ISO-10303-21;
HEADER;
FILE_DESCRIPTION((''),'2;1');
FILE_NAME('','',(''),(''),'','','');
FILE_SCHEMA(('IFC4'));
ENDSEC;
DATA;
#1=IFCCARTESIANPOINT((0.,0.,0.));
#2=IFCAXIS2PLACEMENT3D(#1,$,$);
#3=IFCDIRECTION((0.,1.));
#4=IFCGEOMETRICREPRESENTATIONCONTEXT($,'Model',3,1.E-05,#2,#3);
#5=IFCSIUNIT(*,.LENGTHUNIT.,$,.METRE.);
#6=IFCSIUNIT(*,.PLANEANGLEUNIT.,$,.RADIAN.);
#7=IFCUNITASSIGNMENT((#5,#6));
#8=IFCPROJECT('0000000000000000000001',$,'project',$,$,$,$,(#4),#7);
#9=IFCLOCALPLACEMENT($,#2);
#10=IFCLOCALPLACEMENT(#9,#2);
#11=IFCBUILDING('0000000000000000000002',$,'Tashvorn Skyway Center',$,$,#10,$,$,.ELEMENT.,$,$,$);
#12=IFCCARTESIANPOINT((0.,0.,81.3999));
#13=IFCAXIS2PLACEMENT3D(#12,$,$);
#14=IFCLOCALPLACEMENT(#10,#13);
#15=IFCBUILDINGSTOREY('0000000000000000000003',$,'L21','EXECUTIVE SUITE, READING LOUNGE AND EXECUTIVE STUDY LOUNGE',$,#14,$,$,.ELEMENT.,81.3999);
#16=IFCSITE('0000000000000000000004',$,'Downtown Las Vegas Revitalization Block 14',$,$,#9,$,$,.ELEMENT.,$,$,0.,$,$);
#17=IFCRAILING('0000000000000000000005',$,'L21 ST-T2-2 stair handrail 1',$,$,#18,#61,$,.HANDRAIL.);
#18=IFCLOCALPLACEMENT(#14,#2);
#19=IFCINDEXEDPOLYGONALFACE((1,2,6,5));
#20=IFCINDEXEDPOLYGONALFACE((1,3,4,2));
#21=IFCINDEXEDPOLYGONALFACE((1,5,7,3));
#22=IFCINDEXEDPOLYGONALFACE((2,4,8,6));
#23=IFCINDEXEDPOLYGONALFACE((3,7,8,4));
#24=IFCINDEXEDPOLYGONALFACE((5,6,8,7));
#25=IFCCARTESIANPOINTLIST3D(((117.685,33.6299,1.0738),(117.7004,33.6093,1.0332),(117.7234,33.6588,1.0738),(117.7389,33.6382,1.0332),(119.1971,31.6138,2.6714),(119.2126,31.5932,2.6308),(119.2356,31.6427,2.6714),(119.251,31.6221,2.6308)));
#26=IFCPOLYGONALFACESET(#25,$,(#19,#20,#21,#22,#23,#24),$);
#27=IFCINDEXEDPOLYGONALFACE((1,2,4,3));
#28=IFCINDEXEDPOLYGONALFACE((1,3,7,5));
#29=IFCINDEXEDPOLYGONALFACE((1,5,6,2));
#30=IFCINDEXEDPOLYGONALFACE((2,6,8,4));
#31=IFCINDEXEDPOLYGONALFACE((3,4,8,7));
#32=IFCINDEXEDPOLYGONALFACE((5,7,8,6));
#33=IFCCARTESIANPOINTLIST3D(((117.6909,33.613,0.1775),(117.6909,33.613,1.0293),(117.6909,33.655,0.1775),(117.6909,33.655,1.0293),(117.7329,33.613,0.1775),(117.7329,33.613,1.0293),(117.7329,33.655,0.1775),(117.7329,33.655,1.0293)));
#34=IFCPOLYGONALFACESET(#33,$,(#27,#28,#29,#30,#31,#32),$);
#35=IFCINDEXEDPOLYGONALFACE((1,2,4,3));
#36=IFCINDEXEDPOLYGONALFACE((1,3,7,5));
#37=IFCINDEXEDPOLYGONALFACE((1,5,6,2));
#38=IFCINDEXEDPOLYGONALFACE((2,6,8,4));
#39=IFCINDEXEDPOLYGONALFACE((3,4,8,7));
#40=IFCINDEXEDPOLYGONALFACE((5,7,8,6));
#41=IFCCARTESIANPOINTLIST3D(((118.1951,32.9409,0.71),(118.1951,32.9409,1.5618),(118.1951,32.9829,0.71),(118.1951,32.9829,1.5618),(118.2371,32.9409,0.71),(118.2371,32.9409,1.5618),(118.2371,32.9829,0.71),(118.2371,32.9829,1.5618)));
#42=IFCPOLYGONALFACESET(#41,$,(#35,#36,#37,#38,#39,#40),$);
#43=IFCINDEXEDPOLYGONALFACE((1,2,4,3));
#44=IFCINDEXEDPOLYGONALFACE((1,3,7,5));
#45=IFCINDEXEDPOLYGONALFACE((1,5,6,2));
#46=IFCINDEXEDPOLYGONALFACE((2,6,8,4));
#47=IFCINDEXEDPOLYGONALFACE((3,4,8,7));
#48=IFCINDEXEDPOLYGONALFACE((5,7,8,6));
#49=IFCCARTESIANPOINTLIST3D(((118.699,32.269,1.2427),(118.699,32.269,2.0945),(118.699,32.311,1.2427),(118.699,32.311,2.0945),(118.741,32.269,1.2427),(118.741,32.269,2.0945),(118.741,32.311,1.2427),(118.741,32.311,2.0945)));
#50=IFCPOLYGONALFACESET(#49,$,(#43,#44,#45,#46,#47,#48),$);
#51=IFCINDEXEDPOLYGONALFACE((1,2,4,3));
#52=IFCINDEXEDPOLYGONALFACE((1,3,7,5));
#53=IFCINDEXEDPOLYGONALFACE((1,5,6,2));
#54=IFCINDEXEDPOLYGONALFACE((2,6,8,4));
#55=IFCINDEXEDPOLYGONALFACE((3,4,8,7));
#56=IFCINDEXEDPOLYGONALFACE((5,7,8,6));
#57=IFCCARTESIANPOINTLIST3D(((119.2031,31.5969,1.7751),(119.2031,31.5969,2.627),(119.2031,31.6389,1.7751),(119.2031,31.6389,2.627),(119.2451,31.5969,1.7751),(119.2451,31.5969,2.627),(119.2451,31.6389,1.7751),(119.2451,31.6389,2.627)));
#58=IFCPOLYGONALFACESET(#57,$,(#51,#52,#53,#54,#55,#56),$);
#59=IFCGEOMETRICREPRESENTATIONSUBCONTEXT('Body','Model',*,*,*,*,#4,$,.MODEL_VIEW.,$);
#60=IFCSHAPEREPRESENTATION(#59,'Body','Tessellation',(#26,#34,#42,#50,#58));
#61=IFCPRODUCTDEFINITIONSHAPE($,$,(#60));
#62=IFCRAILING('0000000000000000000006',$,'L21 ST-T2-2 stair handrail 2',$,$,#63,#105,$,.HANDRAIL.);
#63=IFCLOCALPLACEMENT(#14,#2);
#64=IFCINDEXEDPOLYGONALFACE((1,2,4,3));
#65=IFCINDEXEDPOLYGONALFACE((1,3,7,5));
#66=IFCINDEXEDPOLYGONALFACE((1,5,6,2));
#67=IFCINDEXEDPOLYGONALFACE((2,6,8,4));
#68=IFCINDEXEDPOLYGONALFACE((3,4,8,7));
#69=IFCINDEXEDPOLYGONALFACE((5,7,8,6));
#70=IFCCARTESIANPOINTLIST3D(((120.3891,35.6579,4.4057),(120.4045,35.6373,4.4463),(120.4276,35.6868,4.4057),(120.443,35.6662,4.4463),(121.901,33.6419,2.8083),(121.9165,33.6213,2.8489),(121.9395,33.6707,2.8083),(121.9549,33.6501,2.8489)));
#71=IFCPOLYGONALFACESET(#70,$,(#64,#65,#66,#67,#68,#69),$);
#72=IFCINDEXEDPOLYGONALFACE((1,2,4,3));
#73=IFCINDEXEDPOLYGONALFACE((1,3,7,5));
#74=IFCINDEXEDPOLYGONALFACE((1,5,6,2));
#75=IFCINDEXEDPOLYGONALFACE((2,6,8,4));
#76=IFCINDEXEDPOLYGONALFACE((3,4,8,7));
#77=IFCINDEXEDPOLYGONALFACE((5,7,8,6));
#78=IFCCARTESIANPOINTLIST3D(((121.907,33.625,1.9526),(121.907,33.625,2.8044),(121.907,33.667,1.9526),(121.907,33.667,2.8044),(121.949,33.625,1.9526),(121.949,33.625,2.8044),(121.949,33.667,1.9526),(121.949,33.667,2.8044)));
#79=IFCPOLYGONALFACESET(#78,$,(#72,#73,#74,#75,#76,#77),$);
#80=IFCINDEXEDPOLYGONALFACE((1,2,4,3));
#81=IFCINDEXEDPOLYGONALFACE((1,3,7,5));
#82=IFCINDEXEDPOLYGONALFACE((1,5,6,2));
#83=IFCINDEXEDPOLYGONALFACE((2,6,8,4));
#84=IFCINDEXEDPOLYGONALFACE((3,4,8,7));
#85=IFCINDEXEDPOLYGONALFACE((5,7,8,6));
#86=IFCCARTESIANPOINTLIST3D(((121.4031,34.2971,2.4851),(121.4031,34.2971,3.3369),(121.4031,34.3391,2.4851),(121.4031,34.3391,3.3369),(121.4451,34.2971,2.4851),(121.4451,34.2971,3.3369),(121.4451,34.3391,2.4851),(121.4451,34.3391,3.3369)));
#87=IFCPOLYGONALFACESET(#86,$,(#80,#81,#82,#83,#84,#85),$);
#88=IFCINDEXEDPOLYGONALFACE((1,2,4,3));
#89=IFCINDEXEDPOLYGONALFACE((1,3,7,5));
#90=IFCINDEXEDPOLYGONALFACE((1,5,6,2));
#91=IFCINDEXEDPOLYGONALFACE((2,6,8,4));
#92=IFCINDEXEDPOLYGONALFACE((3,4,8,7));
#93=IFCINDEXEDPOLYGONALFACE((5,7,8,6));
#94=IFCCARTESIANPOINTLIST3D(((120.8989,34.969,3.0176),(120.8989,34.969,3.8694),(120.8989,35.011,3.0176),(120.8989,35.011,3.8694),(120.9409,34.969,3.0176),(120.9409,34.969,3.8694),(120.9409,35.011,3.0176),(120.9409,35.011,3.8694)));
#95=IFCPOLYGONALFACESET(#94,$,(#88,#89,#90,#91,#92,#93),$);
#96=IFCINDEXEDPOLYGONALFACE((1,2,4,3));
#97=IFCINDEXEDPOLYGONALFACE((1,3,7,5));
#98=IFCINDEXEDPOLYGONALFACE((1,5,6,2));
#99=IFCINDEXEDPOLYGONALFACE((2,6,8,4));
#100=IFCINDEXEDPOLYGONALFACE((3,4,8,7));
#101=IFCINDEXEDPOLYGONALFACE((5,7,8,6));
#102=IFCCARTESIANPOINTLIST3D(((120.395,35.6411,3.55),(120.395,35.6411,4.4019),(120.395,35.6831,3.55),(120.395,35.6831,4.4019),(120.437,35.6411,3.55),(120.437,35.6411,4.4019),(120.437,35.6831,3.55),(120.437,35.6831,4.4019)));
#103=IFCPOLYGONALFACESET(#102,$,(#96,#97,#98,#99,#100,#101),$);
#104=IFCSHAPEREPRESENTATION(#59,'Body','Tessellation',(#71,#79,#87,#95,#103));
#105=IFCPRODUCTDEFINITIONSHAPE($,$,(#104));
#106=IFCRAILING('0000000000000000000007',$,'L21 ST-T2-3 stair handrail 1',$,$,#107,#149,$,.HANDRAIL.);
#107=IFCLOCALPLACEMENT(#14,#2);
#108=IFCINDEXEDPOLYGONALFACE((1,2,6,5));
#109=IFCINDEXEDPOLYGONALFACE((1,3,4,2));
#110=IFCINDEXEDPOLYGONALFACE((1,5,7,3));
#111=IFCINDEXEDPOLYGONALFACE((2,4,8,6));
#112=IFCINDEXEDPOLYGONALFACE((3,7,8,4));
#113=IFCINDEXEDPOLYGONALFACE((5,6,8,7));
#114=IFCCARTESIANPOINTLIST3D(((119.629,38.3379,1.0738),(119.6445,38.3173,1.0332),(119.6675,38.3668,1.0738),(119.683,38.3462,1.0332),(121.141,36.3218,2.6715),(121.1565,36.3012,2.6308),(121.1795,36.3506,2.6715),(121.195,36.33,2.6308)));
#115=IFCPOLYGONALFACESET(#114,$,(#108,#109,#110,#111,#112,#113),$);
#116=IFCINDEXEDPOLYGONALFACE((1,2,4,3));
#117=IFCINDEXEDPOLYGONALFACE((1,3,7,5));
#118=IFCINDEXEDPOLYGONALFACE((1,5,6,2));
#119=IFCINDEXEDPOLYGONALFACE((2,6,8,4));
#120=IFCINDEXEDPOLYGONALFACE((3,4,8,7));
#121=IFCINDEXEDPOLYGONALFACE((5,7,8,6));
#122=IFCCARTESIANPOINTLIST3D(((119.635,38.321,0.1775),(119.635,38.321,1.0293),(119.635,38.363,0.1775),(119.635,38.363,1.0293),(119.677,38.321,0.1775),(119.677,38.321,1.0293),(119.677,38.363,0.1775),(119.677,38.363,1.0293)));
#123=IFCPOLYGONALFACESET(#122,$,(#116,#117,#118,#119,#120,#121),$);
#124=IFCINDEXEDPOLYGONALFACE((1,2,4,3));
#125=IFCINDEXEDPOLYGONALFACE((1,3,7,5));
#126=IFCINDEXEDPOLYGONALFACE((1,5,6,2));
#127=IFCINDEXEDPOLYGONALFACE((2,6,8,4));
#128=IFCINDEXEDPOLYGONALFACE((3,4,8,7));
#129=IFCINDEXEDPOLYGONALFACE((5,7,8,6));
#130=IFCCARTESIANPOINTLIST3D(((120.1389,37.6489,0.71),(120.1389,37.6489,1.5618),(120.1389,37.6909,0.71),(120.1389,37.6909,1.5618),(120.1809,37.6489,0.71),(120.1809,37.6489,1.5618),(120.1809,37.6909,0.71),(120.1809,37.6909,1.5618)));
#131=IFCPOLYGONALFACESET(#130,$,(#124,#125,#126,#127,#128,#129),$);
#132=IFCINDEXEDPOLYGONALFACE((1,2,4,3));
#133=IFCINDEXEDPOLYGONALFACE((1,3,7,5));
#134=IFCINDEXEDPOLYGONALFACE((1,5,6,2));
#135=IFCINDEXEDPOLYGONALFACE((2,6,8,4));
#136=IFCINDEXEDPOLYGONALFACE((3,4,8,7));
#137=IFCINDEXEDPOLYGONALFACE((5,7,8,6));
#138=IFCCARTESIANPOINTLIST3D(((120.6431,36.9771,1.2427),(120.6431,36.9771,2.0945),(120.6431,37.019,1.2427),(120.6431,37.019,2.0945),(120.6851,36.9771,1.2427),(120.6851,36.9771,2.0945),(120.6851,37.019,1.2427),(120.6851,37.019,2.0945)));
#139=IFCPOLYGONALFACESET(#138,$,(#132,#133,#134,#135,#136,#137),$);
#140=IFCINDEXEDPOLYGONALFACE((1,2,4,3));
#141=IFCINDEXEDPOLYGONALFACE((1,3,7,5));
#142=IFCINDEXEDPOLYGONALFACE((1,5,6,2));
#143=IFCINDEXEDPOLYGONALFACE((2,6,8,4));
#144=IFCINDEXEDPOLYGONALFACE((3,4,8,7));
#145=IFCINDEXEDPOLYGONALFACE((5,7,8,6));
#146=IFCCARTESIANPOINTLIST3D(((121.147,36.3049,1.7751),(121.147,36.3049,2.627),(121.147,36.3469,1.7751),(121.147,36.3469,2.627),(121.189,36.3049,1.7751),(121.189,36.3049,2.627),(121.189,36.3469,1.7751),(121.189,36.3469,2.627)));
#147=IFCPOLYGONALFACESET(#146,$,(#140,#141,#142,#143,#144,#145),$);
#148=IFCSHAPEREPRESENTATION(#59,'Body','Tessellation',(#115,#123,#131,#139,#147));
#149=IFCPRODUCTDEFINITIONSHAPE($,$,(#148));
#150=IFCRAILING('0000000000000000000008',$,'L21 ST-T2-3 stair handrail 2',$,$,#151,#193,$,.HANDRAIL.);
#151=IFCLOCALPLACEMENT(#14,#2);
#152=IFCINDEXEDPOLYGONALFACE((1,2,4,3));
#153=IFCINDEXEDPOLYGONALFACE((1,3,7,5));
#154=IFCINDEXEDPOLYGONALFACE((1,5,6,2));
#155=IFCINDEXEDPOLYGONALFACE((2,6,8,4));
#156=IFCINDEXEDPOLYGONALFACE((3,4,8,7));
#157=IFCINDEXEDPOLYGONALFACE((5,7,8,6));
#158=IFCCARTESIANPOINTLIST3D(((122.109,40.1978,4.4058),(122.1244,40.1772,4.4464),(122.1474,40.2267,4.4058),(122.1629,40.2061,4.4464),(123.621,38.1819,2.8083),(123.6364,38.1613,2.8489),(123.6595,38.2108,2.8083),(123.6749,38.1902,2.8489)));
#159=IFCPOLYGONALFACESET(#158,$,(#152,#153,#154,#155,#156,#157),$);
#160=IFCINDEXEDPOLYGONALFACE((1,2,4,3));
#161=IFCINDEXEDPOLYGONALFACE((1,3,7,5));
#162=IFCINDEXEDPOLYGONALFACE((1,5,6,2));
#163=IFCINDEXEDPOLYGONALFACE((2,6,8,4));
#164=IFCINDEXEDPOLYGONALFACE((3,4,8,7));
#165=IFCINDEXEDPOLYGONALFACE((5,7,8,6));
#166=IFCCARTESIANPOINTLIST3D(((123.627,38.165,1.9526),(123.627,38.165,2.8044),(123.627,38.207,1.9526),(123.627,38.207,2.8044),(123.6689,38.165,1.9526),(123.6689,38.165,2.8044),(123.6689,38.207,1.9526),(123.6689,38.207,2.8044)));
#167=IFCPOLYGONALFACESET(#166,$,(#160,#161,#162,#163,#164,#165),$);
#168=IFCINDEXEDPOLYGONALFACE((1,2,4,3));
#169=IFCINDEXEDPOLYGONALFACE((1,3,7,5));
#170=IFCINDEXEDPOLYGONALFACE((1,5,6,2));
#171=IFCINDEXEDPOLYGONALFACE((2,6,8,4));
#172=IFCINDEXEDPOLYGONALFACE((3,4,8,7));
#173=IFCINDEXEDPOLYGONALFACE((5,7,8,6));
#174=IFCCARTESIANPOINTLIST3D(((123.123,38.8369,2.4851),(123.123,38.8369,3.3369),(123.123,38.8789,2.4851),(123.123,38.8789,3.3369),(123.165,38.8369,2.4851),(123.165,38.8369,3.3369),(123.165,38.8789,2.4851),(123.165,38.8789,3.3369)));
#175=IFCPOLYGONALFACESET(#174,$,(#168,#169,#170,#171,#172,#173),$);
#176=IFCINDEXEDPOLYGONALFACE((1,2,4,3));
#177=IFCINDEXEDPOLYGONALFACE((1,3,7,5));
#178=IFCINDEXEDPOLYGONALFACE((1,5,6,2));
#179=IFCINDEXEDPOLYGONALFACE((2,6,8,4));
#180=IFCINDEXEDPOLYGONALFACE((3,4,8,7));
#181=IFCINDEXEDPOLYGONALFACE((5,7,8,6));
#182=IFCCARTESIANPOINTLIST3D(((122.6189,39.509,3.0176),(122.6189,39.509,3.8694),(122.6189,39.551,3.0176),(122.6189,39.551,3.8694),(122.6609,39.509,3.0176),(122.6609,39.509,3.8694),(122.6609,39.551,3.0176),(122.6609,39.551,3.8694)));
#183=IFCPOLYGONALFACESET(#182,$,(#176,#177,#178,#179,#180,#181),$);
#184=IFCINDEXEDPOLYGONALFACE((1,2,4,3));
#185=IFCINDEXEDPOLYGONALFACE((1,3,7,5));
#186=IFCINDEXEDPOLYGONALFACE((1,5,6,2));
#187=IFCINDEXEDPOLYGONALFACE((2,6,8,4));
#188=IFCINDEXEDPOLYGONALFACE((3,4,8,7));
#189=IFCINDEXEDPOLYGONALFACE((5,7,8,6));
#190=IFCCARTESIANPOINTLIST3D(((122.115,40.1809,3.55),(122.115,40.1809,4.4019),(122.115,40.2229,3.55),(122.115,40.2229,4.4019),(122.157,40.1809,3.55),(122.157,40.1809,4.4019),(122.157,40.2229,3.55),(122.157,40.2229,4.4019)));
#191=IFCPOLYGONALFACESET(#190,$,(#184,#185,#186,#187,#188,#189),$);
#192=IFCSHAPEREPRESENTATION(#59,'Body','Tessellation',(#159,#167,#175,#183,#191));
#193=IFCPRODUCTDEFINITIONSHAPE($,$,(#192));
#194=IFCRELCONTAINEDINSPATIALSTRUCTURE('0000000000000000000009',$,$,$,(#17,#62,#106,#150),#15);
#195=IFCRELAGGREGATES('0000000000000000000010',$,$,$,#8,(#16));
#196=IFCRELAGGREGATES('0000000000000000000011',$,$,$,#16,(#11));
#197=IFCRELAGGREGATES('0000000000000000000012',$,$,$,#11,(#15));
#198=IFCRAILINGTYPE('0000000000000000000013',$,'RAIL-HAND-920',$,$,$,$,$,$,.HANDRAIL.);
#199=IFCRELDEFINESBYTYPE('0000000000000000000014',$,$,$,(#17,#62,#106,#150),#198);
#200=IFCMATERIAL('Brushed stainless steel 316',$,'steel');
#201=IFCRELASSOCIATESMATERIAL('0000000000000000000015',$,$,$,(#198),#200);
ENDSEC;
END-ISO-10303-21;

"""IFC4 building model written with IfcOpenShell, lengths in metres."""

from ifc_helpers import new_model, si_unit, direction, frame, origin, origin_2d, place, context, subcontext, project, spatial, rectangle, extrude, material, type_object, element, save


model = new_model("IFC4")

# Units and contexts
model_context = context("Model", 3, precision=1e-05, world=origin(), true_north=direction((0.0, 1.0)))
body_context = subcontext(model_context, "Body", "Model", "MODEL_VIEW")
ifc_project = project(units=[si_unit("LENGTHUNIT", "METRE"), si_unit("PLANEANGLEUNIT", "RADIAN")], contexts=[model_context])

# Site, building, storey
site_placement = place(None, origin())
site = spatial("IfcSite", under=ifc_project, at=site_placement, Name="Downtown Las Vegas Revitalization Block 14", CompositionType="ELEMENT", RefElevation=0.0)
building_placement = place(site_placement, origin())
building = spatial("IfcBuilding", under=site, at=building_placement, Name="Tashvorn Skyway Center", CompositionType="ELEMENT")
storey_placement = place(building_placement, frame((0.0, 0.0, 81.3999)))
storey = spatial("IfcBuildingStorey", under=building, at=storey_placement, Name="L21", Description="EXECUTIVE SUITE, READING LOUNGE AND EXECUTIVE STUDY LOUNGE", CompositionType="ELEMENT", Elevation=81.3999)

# Railings
ifc_material_1 = material(Name="Brushed stainless steel 316", Category="steel")
railing_type_1 = type_object("IfcRailingType", Name="RAIL-HAND-920", PredefinedType="HANDRAIL", material=ifc_material_1)
railing_1_placement = place(storey_placement, frame((117.7119, 33.634, 0.1775)))
element("IfcRailing", 1, at=railing_1_placement, inside=storey, type_object=railing_type_1, Name="L21 ST-T2-2 stair handrail 1", PredefinedType="HANDRAIL", context=body_context, shape_type="SweptSolid", body=[
    extrude(rectangle(XDim=0.0481, YDim=0.0481, at=origin_2d()), frame((0.0, 0.0, 0.876), z_axis=(0.506779, -0.675651, 0.535416), x_axis=(0.799977, 0.600031, 0.0)), (0.0, 0.0, 1.0), 2.9839),
    extrude(rectangle(XDim=0.042, YDim=0.042, at=origin_2d()), origin(), (0.0, 0.0, 1.0), 0.8518),
    extrude(rectangle(XDim=0.042, YDim=0.042, at=origin_2d()), frame((0.5042, -0.6721, 0.5325)), (0.0, 0.0, 1.0), 0.8518),
    extrude(rectangle(XDim=0.042, YDim=0.042, at=origin_2d()), frame((1.0081, -1.344, 1.0652)), (0.0, 0.0, 1.0), 0.8518),
    extrude(rectangle(XDim=0.042, YDim=0.042, at=origin_2d()), frame((1.5122, -2.0161, 1.5977)), (0.0, 0.0, 1.0), 0.8518),
])
railing_2_placement = place(storey_placement, frame((121.928, 33.646, 1.9526)))
element("IfcRailing", 2, at=railing_2_placement, inside=storey, type_object=railing_type_1, Name="L21 ST-T2-2 stair handrail 2", PredefinedType="HANDRAIL", context=body_context, shape_type="SweptSolid", body=[
    extrude(rectangle(XDim=0.0481, YDim=0.0481, at=origin_2d()), frame((0.0, 0.0, 0.876), z_axis=(-0.506741, 0.675709, 0.535379), x_axis=(-0.800023, -0.599969, 0.0)), (0.0, 0.0, 1.0), 2.9836),
    extrude(rectangle(XDim=0.042, YDim=0.042, at=origin_2d()), origin(), (0.0, 0.0, 1.0), 0.8518),
    extrude(rectangle(XDim=0.042, YDim=0.042, at=origin_2d()), frame((-0.5039, 0.6721, 0.5325)), (0.0, 0.0, 1.0), 0.8518),
    extrude(rectangle(XDim=0.042, YDim=0.042, at=origin_2d()), frame((-1.0081, 1.344, 1.0649)), (0.0, 0.0, 1.0), 0.8518),
    extrude(rectangle(XDim=0.042, YDim=0.042, at=origin_2d()), frame((-1.512, 2.0161, 1.5974)), (0.0, 0.0, 1.0), 0.8518),
])
railing_3_placement = place(storey_placement, frame((119.656, 38.342, 0.1775)))
element("IfcRailing", 3, at=railing_3_placement, inside=storey, type_object=railing_type_1, Name="L21 ST-T2-3 stair handrail 1", PredefinedType="HANDRAIL", context=body_context, shape_type="SweptSolid", body=[
    extrude(rectangle(XDim=0.0481, YDim=0.0481, at=origin_2d()), frame((0.0, 0.0, 0.876), z_axis=(0.506719, -0.675679, 0.535438), x_axis=(0.800023, 0.599969, 0.0)), (0.0, 0.0, 1.0), 2.9839),
    extrude(rectangle(XDim=0.042, YDim=0.042, at=origin_2d()), origin(), (0.0, 0.0, 1.0), 0.8518),
    extrude(rectangle(XDim=0.042, YDim=0.042, at=origin_2d()), frame((0.5039, -0.6721, 0.5325)), (0.0, 0.0, 1.0), 0.8518),
    extrude(rectangle(XDim=0.042, YDim=0.042, at=origin_2d()), frame((1.0081, -1.344, 1.0652)), (0.0, 0.0, 1.0), 0.8518),
    extrude(rectangle(XDim=0.042, YDim=0.042, at=origin_2d()), frame((1.512, -2.0161, 1.5977)), (0.0, 0.0, 1.0), 0.8518),
])
railing_4_placement = place(storey_placement, frame((123.6479, 38.186, 1.9526)))
element("IfcRailing", 4, at=railing_4_placement, inside=storey, type_object=railing_type_1, Name="L21 ST-T2-3 stair handrail 2", PredefinedType="HANDRAIL", context=body_context, shape_type="SweptSolid", body=[
    extrude(rectangle(XDim=0.0481, YDim=0.0481, at=origin_2d()), frame((0.0, 0.0, 0.876), z_axis=(-0.506769, 0.675664, 0.535409), x_axis=(-0.799988, -0.600016, 0.0)), (0.0, 0.0, 1.0), 2.9836),
    extrude(rectangle(XDim=0.042, YDim=0.042, at=origin_2d()), origin(), (0.0, 0.0, 1.0), 0.8518),
    extrude(rectangle(XDim=0.042, YDim=0.042, at=origin_2d()), frame((-0.5039, 0.6719, 0.5325)), (0.0, 0.0, 1.0), 0.8518),
    extrude(rectangle(XDim=0.042, YDim=0.042, at=origin_2d()), frame((-1.0081, 1.344, 1.0649)), (0.0, 0.0, 1.0), 0.8518),
    extrude(rectangle(XDim=0.042, YDim=0.042, at=origin_2d()), frame((-1.512, 2.0159, 1.5974)), (0.0, 0.0, 1.0), 0.8518),
])

save(model, "model.ifc")
